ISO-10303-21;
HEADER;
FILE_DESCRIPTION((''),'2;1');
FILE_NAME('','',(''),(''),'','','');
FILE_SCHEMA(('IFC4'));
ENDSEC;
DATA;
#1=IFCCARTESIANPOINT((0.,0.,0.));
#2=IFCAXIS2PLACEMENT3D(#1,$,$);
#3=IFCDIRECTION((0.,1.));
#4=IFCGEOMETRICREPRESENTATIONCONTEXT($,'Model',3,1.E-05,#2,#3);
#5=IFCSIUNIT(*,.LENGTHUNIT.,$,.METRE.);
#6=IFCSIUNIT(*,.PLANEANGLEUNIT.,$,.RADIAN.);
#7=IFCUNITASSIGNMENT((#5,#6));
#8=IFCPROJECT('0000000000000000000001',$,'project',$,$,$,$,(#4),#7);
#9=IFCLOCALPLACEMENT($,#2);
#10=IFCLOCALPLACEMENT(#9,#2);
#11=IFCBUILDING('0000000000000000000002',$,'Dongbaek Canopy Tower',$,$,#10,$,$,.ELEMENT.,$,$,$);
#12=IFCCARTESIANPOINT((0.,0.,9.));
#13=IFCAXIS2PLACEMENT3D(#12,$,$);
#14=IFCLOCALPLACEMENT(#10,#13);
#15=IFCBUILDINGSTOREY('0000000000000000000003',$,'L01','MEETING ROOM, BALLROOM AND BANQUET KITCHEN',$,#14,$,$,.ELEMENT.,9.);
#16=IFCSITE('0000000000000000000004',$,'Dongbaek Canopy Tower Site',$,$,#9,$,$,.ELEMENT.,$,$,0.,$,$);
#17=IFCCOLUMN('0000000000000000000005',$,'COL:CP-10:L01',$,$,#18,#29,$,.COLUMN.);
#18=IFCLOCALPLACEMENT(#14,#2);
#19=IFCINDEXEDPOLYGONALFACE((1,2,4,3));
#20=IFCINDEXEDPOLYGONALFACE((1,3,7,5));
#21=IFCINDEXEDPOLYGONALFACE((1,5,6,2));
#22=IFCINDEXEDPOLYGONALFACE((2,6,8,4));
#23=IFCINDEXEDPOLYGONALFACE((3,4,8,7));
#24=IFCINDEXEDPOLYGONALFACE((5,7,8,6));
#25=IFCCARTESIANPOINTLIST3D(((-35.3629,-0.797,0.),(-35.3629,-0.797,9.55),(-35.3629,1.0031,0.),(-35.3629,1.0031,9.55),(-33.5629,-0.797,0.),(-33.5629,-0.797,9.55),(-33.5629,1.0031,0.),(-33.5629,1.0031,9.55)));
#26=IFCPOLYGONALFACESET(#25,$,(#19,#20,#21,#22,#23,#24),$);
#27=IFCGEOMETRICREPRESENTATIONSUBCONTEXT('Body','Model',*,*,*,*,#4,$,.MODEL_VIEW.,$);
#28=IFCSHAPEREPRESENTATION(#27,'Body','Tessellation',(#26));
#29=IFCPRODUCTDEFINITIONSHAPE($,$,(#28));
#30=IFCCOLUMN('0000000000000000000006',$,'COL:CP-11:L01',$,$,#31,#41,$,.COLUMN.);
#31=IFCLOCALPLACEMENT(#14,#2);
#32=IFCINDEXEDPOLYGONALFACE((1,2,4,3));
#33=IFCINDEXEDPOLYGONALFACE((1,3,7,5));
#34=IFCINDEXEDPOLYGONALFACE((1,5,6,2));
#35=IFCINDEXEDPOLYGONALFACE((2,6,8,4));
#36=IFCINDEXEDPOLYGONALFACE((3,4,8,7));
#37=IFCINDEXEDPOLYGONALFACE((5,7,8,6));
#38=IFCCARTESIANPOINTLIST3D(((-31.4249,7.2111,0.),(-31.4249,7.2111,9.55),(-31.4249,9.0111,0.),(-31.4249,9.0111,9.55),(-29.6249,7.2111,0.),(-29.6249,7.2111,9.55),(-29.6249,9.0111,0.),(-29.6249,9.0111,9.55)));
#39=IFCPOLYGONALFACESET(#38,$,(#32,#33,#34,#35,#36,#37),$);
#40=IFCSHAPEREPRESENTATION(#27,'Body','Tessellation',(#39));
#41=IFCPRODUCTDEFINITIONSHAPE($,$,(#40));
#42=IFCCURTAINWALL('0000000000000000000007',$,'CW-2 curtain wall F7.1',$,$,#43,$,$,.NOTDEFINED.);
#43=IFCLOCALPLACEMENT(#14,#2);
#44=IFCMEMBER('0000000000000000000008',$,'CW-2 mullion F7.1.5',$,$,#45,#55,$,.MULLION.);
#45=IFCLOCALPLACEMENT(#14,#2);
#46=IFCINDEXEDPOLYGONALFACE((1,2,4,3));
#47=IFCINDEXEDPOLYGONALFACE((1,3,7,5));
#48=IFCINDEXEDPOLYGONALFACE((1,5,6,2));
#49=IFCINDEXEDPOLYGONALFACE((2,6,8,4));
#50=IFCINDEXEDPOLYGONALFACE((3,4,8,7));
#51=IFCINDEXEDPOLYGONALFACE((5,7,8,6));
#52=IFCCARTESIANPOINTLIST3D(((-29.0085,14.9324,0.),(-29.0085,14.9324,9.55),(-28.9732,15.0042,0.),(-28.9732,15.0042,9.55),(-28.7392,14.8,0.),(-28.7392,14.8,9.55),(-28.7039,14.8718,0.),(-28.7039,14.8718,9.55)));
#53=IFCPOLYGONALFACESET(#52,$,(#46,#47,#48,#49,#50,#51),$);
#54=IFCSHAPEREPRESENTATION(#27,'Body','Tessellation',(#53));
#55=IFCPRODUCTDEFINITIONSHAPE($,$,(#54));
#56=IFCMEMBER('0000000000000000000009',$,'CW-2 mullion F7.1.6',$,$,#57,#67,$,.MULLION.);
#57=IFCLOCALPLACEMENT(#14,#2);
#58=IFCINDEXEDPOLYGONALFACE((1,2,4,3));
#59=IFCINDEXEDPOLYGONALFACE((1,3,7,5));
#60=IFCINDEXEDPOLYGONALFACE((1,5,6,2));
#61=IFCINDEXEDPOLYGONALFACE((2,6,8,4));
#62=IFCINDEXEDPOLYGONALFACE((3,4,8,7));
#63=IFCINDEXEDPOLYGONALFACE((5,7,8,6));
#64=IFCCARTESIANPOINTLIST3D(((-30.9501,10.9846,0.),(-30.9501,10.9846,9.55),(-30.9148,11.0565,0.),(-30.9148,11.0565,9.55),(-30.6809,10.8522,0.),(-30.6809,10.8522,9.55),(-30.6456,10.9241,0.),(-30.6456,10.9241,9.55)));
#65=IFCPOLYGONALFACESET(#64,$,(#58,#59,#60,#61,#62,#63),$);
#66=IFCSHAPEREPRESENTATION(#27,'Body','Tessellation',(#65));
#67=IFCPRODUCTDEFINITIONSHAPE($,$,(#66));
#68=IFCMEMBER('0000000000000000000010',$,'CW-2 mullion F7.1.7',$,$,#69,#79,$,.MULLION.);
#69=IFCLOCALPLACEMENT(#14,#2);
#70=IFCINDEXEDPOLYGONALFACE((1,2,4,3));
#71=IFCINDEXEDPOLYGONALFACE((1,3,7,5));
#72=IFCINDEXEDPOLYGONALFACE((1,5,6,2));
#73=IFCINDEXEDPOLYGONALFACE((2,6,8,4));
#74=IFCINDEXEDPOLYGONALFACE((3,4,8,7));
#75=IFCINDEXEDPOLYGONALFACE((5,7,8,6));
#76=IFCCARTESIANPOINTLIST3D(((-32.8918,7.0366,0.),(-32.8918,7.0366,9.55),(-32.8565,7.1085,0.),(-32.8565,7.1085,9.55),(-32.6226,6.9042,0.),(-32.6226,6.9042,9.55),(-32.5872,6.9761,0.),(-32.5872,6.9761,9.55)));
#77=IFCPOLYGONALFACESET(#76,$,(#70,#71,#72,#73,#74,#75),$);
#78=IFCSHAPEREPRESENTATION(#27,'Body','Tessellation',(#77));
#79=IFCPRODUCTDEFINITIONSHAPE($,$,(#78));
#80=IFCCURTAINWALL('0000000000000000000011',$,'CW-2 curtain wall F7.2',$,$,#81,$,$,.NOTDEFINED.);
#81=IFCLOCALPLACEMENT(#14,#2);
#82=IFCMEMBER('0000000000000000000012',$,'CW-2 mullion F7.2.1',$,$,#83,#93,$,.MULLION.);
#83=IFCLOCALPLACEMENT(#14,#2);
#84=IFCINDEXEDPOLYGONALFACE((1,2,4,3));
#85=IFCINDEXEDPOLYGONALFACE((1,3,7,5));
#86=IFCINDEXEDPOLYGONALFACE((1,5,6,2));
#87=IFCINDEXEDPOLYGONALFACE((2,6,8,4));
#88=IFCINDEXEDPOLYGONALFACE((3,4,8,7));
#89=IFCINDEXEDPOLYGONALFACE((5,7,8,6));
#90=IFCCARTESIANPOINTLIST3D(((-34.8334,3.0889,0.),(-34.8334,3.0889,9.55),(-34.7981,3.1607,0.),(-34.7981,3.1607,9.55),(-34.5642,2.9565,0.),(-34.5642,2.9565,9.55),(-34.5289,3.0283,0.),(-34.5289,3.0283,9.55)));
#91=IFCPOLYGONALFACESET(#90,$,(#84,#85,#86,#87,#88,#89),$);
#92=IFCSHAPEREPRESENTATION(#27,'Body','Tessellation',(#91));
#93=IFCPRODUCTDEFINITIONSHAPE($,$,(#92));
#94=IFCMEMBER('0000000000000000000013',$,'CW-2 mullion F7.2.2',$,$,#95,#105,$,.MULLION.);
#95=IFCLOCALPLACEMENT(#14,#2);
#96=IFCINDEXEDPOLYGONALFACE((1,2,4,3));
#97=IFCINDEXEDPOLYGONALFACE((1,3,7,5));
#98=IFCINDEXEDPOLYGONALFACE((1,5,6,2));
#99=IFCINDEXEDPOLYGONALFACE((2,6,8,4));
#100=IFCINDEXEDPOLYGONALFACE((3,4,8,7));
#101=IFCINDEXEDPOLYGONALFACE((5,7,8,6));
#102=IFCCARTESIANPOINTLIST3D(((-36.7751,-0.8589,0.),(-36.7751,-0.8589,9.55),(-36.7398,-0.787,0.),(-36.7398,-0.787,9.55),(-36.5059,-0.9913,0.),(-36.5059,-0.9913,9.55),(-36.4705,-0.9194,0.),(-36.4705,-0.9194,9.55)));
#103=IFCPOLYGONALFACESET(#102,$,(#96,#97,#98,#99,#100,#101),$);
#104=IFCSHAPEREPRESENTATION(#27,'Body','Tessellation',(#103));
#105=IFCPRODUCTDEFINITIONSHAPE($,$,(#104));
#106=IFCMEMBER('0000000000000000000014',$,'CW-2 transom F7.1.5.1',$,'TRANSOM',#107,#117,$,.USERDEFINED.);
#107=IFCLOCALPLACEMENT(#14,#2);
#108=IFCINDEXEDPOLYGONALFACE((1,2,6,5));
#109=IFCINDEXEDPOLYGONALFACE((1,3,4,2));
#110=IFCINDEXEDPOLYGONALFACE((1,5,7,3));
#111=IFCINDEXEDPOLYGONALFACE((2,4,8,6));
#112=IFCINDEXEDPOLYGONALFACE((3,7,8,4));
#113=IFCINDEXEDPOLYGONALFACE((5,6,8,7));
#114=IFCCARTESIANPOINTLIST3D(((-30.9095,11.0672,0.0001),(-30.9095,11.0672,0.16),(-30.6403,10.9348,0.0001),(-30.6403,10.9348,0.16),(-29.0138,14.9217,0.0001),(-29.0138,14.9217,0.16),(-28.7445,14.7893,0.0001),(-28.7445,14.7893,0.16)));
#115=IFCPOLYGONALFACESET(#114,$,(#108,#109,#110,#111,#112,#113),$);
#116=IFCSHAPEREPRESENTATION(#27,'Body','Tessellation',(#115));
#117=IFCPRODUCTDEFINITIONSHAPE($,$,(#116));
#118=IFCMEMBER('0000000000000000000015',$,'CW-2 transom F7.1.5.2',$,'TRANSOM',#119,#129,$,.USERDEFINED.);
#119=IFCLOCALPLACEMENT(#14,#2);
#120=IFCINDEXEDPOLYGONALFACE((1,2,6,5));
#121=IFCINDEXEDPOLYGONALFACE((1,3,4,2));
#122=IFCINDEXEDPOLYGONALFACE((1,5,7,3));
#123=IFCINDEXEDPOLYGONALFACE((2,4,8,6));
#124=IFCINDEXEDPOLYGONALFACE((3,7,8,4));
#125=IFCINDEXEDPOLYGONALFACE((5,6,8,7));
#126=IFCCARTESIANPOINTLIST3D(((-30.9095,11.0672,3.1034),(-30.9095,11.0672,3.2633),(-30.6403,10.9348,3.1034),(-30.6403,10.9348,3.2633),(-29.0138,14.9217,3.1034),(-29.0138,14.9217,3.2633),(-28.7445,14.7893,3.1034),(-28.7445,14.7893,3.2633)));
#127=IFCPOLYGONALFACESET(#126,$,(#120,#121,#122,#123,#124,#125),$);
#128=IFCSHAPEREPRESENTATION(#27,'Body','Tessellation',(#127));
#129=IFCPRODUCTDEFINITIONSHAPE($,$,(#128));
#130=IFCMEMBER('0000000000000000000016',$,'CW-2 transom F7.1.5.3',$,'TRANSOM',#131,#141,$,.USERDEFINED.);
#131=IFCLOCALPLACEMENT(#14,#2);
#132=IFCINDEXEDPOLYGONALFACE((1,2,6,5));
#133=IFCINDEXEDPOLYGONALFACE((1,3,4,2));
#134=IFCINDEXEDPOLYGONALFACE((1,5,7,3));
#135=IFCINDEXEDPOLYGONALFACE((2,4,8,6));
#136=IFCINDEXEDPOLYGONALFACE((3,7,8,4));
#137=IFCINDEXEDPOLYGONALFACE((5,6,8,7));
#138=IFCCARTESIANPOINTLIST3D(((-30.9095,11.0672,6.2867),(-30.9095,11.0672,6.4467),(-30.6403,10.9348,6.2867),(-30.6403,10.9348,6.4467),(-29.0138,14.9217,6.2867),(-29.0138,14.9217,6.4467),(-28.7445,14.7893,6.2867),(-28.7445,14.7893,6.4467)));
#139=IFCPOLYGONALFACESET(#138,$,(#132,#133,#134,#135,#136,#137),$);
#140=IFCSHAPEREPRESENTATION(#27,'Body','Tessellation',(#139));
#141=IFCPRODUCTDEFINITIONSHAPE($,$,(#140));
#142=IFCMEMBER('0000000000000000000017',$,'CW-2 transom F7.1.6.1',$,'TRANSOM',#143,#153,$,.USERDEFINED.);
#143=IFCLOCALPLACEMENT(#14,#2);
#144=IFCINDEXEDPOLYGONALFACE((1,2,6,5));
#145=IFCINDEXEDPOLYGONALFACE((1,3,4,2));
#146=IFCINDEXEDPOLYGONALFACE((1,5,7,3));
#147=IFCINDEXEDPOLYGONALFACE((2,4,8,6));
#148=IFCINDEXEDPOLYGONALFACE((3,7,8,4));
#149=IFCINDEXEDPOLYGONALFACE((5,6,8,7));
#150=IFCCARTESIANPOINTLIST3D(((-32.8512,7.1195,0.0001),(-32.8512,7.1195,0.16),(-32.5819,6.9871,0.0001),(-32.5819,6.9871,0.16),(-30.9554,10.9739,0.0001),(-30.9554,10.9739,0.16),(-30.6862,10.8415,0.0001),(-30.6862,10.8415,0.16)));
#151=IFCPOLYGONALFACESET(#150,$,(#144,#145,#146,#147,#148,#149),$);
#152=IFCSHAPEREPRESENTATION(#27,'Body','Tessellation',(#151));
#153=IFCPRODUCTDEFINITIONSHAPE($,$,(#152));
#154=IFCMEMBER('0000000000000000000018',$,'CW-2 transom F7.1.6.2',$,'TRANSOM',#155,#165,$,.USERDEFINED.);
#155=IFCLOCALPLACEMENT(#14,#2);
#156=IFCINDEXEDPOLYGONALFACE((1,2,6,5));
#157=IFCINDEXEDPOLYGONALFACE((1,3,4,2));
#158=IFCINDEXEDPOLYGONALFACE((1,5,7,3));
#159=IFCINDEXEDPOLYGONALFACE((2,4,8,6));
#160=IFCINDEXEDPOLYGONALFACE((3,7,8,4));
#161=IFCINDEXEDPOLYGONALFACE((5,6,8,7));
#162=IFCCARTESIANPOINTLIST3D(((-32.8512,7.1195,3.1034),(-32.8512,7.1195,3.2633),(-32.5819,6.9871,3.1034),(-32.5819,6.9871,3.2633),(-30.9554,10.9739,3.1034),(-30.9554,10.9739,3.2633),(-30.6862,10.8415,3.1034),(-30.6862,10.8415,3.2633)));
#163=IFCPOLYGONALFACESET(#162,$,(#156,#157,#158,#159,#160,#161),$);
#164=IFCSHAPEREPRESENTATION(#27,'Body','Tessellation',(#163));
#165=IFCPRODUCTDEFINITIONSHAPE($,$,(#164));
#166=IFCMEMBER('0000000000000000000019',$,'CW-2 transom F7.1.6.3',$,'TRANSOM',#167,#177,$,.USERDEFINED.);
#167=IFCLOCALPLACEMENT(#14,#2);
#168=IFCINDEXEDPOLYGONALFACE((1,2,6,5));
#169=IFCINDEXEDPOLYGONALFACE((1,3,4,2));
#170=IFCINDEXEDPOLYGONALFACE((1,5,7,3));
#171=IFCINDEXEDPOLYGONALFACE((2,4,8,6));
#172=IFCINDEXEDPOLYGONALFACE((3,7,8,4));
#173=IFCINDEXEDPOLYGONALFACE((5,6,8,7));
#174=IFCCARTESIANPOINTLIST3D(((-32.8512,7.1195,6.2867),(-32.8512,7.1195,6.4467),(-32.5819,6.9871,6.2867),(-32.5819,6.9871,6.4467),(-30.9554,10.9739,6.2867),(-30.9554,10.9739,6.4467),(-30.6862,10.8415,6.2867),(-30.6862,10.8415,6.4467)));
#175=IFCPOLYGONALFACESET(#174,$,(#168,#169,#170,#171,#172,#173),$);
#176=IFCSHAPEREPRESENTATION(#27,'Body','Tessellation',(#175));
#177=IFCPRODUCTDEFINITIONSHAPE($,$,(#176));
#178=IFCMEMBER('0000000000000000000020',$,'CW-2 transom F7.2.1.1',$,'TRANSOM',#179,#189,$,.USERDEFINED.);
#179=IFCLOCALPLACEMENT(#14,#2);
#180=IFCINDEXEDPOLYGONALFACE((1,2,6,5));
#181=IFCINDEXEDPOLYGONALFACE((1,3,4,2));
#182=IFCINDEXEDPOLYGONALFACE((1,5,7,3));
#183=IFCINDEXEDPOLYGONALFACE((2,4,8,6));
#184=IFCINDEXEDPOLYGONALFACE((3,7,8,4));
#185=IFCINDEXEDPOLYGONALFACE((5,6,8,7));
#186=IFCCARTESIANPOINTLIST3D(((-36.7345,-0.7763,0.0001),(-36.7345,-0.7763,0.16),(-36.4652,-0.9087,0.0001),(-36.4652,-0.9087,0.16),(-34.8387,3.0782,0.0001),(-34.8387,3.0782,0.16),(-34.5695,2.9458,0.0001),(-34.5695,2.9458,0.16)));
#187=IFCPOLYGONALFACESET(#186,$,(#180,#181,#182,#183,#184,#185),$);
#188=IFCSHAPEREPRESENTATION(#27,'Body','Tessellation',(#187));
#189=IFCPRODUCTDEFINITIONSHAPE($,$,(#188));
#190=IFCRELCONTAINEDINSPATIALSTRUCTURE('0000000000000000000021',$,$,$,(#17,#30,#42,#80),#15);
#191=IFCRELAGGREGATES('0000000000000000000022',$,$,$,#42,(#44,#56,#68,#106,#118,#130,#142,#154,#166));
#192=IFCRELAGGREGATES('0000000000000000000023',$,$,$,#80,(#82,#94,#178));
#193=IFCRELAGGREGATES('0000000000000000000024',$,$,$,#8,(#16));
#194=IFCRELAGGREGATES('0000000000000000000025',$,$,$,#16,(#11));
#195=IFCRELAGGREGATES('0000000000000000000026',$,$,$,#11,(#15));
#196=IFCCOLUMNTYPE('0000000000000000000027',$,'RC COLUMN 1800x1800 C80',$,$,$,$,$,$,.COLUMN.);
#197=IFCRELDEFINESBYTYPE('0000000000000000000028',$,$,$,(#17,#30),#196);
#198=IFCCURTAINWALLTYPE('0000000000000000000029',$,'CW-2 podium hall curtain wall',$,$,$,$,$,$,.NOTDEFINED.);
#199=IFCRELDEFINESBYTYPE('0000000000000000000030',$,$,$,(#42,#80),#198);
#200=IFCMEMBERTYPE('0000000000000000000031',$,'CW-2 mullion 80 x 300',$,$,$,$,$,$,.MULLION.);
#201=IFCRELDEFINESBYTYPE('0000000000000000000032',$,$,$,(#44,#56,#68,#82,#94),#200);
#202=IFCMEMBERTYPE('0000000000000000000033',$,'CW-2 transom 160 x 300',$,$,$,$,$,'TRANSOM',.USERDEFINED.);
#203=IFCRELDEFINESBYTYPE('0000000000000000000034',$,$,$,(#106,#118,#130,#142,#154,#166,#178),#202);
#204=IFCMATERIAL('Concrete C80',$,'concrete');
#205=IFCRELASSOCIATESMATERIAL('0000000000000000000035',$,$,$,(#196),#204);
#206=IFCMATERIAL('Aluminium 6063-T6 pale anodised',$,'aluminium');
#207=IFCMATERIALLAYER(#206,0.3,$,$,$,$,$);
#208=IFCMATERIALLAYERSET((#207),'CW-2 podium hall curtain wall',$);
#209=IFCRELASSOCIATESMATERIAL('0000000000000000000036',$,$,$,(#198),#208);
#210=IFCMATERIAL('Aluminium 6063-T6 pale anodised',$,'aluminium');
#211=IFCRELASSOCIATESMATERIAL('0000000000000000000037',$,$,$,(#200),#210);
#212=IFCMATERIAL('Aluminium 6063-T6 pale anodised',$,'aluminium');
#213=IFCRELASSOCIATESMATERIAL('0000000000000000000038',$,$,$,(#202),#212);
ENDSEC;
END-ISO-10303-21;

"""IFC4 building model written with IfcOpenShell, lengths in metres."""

from ifc_helpers import new_model, si_unit, direction, frame, origin, origin_2d, place, context, subcontext, project, spatial, rectangle, extrude, material, layer, layer_set, material_profile, profile_set, type_object, element, aggregate, save


model = new_model("IFC4")

# Units and contexts
model_context = context("Model", 3, precision=1e-05, world=origin(), true_north=direction((0.0, 1.0)))
body_context = subcontext(model_context, "Body", "Model", "MODEL_VIEW")
ifc_project = project(units=[si_unit("LENGTHUNIT", "METRE"), si_unit("PLANEANGLEUNIT", "RADIAN")], contexts=[model_context])

# Site, building, storey
site_placement = place(None, origin())
site = spatial("IfcSite", under=ifc_project, at=site_placement, Name="Dongbaek Canopy Tower Site", CompositionType="ELEMENT", RefElevation=0.0)
building_placement = place(site_placement, origin())
building = spatial("IfcBuilding", under=site, at=building_placement, Name="Dongbaek Canopy Tower", CompositionType="ELEMENT")
storey_placement = place(building_placement, frame((0.0, 0.0, 9.0)))
storey = spatial("IfcBuildingStorey", under=building, at=storey_placement, Name="L01", Description="MEETING ROOM, BALLROOM AND BANQUET KITCHEN", CompositionType="ELEMENT", Elevation=9.0)

# Columns
ifc_material_1 = material(Name="Concrete C80", Category="concrete")
ifc_material_profile_1 = material_profile(ifc_material_1, rectangle(XDim=1.8, YDim=1.8, at=origin_2d()), Name="RC COLUMN 1800x1800 C80")
ifc_profile_set_1 = profile_set([ifc_material_profile_1], Name="Concrete C80")
column_type = type_object("IfcColumnType", Name="RC COLUMN 1800x1800 C80", PredefinedType="COLUMN", material=ifc_profile_set_1)
for number, where, z_axis, x_axis, name in (
    (1, (-34.4629, 0.103, 0.0), (0.0, 0.0, 1.0), (1.0, 0.0, 0.0), "COL:CP-10:L01"),
    (2, (-30.5249, 8.1111, 0.0), (0.0, 0.0, 1.0), (1.0, 0.0, 0.0), "COL:CP-11:L01"),
):
    element("IfcColumn", number, at=place(storey_placement, frame(where, z_axis=z_axis, x_axis=x_axis)), inside=storey, type_object=column_type, Name=name, PredefinedType="COLUMN", context=body_context, shape_type="SweptSolid", body=[
        extrude(rectangle(XDim=1.8, YDim=1.8, at=origin_2d()), origin(), (0.0, 0.0, 1.0), 9.55),
    ])

# Curtain walls, members
ifc_material_2 = material(Name="Aluminium 6063-T6 pale anodised", Category="aluminium")
ifc_layer_1 = layer(ifc_material_2, 0.3)
ifc_layer_set_1 = layer_set([ifc_layer_1], Name="CW-2 podium hall curtain wall")
curtain_wall_type = type_object("IfcCurtainWallType", Name="CW-2 podium hall curtain wall", PredefinedType="NOTDEFINED", material=ifc_layer_set_1)
curtain_wall_1_placement = place(storey_placement, origin())
curtain_wall_1 = element("IfcCurtainWall", 3, at=curtain_wall_1_placement, inside=storey, type_object=curtain_wall_type, Name="CW-2 curtain wall F7.1", PredefinedType="NOTDEFINED")
ifc_material_3 = material(Name="Aluminium 6063-T6 pale anodised", Category="aluminium")
ifc_material_profile_2 = material_profile(ifc_material_3, rectangle(XDim=0.3, YDim=0.0801, at=origin_2d()), Name="CW-2 mullion 80 x 300")
ifc_profile_set_2 = profile_set([ifc_material_profile_2], Name="Aluminium 6063-T6 pale anodised")
member_type_1 = type_object("IfcMemberType", Name="CW-2 mullion 80 x 300", PredefinedType="MULLION", material=ifc_profile_set_2)
member_1_placement = place(storey_placement, frame((-28.8562, 14.9021, 0.0), z_axis=(0.0, 0.0, 1.0), x_axis=(-0.897339, 0.441342, 0.0)))
member_1 = element("IfcMember", 4, at=member_1_placement, type_object=member_type_1, Name="CW-2 mullion F7.1.5", PredefinedType="MULLION", context=body_context, shape_type="SweptSolid", body=[
    extrude(rectangle(XDim=0.3, YDim=0.0801, at=origin_2d()), origin(), (0.0, 0.0, 1.0), 9.55),
])
member_2_placement = place(storey_placement, frame((-30.7979, 10.9543, 0.0), z_axis=(0.0, 0.0, 1.0), x_axis=(-0.897339, 0.441342, 0.0)))
member_2 = element("IfcMember", 5, at=member_2_placement, type_object=member_type_1, Name="CW-2 mullion F7.1.6", PredefinedType="MULLION", context=body_context, shape_type="SweptSolid", body=[
    extrude(rectangle(XDim=0.3, YDim=0.0801, at=origin_2d()), origin(), (0.0, 0.0, 1.0), 9.55),
])
member_3_placement = place(storey_placement, frame((-32.7395, 7.0063, 0.0), z_axis=(0.0, 0.0, 1.0), x_axis=(-0.897339, 0.441342, 0.0)))
member_3 = element("IfcMember", 6, at=member_3_placement, type_object=member_type_1, Name="CW-2 mullion F7.1.7", PredefinedType="MULLION", context=body_context, shape_type="SweptSolid", body=[
    extrude(rectangle(XDim=0.3, YDim=0.0801, at=origin_2d()), origin(), (0.0, 0.0, 1.0), 9.55),
])
curtain_wall_2_placement = place(storey_placement, origin())
curtain_wall_2 = element("IfcCurtainWall", 7, at=curtain_wall_2_placement, inside=storey, type_object=curtain_wall_type, Name="CW-2 curtain wall F7.2", PredefinedType="NOTDEFINED")
member_4_placement = place(storey_placement, frame((-34.6812, 3.0586, 0.0), z_axis=(0.0, 0.0, 1.0), x_axis=(-0.897339, 0.441342, 0.0)))
member_4 = element("IfcMember", 8, at=member_4_placement, type_object=member_type_1, Name="CW-2 mullion F7.2.1", PredefinedType="MULLION", context=body_context, shape_type="SweptSolid", body=[
    extrude(rectangle(XDim=0.3, YDim=0.0801, at=origin_2d()), origin(), (0.0, 0.0, 1.0), 9.55),
])
member_5_placement = place(storey_placement, frame((-36.6228, -0.8892, 0.0), z_axis=(0.0, 0.0, 1.0), x_axis=(-0.897339, 0.441342, 0.0)))
member_5 = element("IfcMember", 9, at=member_5_placement, type_object=member_type_1, Name="CW-2 mullion F7.2.2", PredefinedType="MULLION", context=body_context, shape_type="SweptSolid", body=[
    extrude(rectangle(XDim=0.3, YDim=0.0801, at=origin_2d()), origin(), (0.0, 0.0, 1.0), 9.55),
])

# Members
ifc_material_4 = material(Name="Aluminium 6063-T6 pale anodised", Category="aluminium")
ifc_material_profile_3 = material_profile(ifc_material_4, rectangle(XDim=0.3, YDim=0.1599, at=origin_2d()), Name="CW-2 transom 160 x 300")
ifc_profile_set_3 = profile_set([ifc_material_profile_3], Name="Aluminium 6063-T6 pale anodised")
member_type_2 = type_object("IfcMemberType", Name="CW-2 transom 160 x 300", ElementType="TRANSOM", PredefinedType="USERDEFINED", material=ifc_profile_set_3)
member_6_placement = place(storey_placement, frame((-28.8792, 14.8555, 0.0801), z_axis=(-0.441338, -0.897341, 0.0), x_axis=(0.897341, -0.441338, 0.0)))
member_6 = element("IfcMember", 10, at=member_6_placement, type_object=member_type_2, Name="CW-2 transom F7.1.5.1", ObjectType="TRANSOM", PredefinedType="USERDEFINED", context=body_context, shape_type="SweptSolid", body=[
    extrude(rectangle(XDim=0.3, YDim=0.1599, at=origin_2d()), origin(), (0.0, 0.0, 1.0), 4.2954),
])
member_7_placement = place(storey_placement, frame((-28.8792, 14.8555, 3.1833), z_axis=(-0.441338, -0.897341, 0.0), x_axis=(0.897341, -0.441338, 0.0)))
member_7 = element("IfcMember", 11, at=member_7_placement, type_object=member_type_2, Name="CW-2 transom F7.1.5.2", ObjectType="TRANSOM", PredefinedType="USERDEFINED", context=body_context, shape_type="SweptSolid", body=[
    extrude(rectangle(XDim=0.3, YDim=0.1599, at=origin_2d()), origin(), (0.0, 0.0, 1.0), 4.2954),
])
member_8_placement = place(storey_placement, frame((-28.8792, 14.8555, 6.3667), z_axis=(-0.441338, -0.897341, 0.0), x_axis=(0.897341, -0.441338, 0.0)))
member_8 = element("IfcMember", 12, at=member_8_placement, type_object=member_type_2, Name="CW-2 transom F7.1.5.3", ObjectType="TRANSOM", PredefinedType="USERDEFINED", context=body_context, shape_type="SweptSolid", body=[
    extrude(rectangle(XDim=0.3, YDim=0.1599, at=origin_2d()), origin(), (0.0, 0.0, 1.0), 4.2954),
])
member_9_placement = place(storey_placement, frame((-30.8208, 10.9077, 0.0801), z_axis=(-0.441338, -0.897341, 0.0), x_axis=(0.897341, -0.441338, 0.0)))
member_9 = element("IfcMember", 13, at=member_9_placement, type_object=member_type_2, Name="CW-2 transom F7.1.6.1", ObjectType="TRANSOM", PredefinedType="USERDEFINED", context=body_context, shape_type="SweptSolid", body=[
    extrude(rectangle(XDim=0.3, YDim=0.1599, at=origin_2d()), origin(), (0.0, 0.0, 1.0), 4.2954),
])
member_10_placement = place(storey_placement, frame((-30.8208, 10.9077, 3.1833), z_axis=(-0.441338, -0.897341, 0.0), x_axis=(0.897341, -0.441338, 0.0)))
member_10 = element("IfcMember", 14, at=member_10_placement, type_object=member_type_2, Name="CW-2 transom F7.1.6.2", ObjectType="TRANSOM", PredefinedType="USERDEFINED", context=body_context, shape_type="SweptSolid", body=[
    extrude(rectangle(XDim=0.3, YDim=0.1599, at=origin_2d()), origin(), (0.0, 0.0, 1.0), 4.2954),
])
member_11_placement = place(storey_placement, frame((-30.8208, 10.9077, 6.3667), z_axis=(-0.441338, -0.897341, 0.0), x_axis=(0.897341, -0.441338, 0.0)))
member_11 = element("IfcMember", 15, at=member_11_placement, type_object=member_type_2, Name="CW-2 transom F7.1.6.3", ObjectType="TRANSOM", PredefinedType="USERDEFINED", context=body_context, shape_type="SweptSolid", body=[
    extrude(rectangle(XDim=0.3, YDim=0.1599, at=origin_2d()), origin(), (0.0, 0.0, 1.0), 4.2954),
])
member_12_placement = place(storey_placement, frame((-34.7041, 3.012, 0.0801), z_axis=(-0.441338, -0.897341, 0.0), x_axis=(0.897341, -0.441338, 0.0)))
member_12 = element("IfcMember", 16, at=member_12_placement, type_object=member_type_2, Name="CW-2 transom F7.2.1.1", ObjectType="TRANSOM", PredefinedType="USERDEFINED", context=body_context, shape_type="SweptSolid", body=[
    extrude(rectangle(XDim=0.3, YDim=0.1599, at=origin_2d()), origin(), (0.0, 0.0, 1.0), 4.2954),
])

aggregate(curtain_wall_1, [member_1, member_2, member_3, member_6, member_7, member_8, member_9, member_10, member_11])
aggregate(curtain_wall_2, [member_4, member_5, member_12])

save(model, "model.ifc")
